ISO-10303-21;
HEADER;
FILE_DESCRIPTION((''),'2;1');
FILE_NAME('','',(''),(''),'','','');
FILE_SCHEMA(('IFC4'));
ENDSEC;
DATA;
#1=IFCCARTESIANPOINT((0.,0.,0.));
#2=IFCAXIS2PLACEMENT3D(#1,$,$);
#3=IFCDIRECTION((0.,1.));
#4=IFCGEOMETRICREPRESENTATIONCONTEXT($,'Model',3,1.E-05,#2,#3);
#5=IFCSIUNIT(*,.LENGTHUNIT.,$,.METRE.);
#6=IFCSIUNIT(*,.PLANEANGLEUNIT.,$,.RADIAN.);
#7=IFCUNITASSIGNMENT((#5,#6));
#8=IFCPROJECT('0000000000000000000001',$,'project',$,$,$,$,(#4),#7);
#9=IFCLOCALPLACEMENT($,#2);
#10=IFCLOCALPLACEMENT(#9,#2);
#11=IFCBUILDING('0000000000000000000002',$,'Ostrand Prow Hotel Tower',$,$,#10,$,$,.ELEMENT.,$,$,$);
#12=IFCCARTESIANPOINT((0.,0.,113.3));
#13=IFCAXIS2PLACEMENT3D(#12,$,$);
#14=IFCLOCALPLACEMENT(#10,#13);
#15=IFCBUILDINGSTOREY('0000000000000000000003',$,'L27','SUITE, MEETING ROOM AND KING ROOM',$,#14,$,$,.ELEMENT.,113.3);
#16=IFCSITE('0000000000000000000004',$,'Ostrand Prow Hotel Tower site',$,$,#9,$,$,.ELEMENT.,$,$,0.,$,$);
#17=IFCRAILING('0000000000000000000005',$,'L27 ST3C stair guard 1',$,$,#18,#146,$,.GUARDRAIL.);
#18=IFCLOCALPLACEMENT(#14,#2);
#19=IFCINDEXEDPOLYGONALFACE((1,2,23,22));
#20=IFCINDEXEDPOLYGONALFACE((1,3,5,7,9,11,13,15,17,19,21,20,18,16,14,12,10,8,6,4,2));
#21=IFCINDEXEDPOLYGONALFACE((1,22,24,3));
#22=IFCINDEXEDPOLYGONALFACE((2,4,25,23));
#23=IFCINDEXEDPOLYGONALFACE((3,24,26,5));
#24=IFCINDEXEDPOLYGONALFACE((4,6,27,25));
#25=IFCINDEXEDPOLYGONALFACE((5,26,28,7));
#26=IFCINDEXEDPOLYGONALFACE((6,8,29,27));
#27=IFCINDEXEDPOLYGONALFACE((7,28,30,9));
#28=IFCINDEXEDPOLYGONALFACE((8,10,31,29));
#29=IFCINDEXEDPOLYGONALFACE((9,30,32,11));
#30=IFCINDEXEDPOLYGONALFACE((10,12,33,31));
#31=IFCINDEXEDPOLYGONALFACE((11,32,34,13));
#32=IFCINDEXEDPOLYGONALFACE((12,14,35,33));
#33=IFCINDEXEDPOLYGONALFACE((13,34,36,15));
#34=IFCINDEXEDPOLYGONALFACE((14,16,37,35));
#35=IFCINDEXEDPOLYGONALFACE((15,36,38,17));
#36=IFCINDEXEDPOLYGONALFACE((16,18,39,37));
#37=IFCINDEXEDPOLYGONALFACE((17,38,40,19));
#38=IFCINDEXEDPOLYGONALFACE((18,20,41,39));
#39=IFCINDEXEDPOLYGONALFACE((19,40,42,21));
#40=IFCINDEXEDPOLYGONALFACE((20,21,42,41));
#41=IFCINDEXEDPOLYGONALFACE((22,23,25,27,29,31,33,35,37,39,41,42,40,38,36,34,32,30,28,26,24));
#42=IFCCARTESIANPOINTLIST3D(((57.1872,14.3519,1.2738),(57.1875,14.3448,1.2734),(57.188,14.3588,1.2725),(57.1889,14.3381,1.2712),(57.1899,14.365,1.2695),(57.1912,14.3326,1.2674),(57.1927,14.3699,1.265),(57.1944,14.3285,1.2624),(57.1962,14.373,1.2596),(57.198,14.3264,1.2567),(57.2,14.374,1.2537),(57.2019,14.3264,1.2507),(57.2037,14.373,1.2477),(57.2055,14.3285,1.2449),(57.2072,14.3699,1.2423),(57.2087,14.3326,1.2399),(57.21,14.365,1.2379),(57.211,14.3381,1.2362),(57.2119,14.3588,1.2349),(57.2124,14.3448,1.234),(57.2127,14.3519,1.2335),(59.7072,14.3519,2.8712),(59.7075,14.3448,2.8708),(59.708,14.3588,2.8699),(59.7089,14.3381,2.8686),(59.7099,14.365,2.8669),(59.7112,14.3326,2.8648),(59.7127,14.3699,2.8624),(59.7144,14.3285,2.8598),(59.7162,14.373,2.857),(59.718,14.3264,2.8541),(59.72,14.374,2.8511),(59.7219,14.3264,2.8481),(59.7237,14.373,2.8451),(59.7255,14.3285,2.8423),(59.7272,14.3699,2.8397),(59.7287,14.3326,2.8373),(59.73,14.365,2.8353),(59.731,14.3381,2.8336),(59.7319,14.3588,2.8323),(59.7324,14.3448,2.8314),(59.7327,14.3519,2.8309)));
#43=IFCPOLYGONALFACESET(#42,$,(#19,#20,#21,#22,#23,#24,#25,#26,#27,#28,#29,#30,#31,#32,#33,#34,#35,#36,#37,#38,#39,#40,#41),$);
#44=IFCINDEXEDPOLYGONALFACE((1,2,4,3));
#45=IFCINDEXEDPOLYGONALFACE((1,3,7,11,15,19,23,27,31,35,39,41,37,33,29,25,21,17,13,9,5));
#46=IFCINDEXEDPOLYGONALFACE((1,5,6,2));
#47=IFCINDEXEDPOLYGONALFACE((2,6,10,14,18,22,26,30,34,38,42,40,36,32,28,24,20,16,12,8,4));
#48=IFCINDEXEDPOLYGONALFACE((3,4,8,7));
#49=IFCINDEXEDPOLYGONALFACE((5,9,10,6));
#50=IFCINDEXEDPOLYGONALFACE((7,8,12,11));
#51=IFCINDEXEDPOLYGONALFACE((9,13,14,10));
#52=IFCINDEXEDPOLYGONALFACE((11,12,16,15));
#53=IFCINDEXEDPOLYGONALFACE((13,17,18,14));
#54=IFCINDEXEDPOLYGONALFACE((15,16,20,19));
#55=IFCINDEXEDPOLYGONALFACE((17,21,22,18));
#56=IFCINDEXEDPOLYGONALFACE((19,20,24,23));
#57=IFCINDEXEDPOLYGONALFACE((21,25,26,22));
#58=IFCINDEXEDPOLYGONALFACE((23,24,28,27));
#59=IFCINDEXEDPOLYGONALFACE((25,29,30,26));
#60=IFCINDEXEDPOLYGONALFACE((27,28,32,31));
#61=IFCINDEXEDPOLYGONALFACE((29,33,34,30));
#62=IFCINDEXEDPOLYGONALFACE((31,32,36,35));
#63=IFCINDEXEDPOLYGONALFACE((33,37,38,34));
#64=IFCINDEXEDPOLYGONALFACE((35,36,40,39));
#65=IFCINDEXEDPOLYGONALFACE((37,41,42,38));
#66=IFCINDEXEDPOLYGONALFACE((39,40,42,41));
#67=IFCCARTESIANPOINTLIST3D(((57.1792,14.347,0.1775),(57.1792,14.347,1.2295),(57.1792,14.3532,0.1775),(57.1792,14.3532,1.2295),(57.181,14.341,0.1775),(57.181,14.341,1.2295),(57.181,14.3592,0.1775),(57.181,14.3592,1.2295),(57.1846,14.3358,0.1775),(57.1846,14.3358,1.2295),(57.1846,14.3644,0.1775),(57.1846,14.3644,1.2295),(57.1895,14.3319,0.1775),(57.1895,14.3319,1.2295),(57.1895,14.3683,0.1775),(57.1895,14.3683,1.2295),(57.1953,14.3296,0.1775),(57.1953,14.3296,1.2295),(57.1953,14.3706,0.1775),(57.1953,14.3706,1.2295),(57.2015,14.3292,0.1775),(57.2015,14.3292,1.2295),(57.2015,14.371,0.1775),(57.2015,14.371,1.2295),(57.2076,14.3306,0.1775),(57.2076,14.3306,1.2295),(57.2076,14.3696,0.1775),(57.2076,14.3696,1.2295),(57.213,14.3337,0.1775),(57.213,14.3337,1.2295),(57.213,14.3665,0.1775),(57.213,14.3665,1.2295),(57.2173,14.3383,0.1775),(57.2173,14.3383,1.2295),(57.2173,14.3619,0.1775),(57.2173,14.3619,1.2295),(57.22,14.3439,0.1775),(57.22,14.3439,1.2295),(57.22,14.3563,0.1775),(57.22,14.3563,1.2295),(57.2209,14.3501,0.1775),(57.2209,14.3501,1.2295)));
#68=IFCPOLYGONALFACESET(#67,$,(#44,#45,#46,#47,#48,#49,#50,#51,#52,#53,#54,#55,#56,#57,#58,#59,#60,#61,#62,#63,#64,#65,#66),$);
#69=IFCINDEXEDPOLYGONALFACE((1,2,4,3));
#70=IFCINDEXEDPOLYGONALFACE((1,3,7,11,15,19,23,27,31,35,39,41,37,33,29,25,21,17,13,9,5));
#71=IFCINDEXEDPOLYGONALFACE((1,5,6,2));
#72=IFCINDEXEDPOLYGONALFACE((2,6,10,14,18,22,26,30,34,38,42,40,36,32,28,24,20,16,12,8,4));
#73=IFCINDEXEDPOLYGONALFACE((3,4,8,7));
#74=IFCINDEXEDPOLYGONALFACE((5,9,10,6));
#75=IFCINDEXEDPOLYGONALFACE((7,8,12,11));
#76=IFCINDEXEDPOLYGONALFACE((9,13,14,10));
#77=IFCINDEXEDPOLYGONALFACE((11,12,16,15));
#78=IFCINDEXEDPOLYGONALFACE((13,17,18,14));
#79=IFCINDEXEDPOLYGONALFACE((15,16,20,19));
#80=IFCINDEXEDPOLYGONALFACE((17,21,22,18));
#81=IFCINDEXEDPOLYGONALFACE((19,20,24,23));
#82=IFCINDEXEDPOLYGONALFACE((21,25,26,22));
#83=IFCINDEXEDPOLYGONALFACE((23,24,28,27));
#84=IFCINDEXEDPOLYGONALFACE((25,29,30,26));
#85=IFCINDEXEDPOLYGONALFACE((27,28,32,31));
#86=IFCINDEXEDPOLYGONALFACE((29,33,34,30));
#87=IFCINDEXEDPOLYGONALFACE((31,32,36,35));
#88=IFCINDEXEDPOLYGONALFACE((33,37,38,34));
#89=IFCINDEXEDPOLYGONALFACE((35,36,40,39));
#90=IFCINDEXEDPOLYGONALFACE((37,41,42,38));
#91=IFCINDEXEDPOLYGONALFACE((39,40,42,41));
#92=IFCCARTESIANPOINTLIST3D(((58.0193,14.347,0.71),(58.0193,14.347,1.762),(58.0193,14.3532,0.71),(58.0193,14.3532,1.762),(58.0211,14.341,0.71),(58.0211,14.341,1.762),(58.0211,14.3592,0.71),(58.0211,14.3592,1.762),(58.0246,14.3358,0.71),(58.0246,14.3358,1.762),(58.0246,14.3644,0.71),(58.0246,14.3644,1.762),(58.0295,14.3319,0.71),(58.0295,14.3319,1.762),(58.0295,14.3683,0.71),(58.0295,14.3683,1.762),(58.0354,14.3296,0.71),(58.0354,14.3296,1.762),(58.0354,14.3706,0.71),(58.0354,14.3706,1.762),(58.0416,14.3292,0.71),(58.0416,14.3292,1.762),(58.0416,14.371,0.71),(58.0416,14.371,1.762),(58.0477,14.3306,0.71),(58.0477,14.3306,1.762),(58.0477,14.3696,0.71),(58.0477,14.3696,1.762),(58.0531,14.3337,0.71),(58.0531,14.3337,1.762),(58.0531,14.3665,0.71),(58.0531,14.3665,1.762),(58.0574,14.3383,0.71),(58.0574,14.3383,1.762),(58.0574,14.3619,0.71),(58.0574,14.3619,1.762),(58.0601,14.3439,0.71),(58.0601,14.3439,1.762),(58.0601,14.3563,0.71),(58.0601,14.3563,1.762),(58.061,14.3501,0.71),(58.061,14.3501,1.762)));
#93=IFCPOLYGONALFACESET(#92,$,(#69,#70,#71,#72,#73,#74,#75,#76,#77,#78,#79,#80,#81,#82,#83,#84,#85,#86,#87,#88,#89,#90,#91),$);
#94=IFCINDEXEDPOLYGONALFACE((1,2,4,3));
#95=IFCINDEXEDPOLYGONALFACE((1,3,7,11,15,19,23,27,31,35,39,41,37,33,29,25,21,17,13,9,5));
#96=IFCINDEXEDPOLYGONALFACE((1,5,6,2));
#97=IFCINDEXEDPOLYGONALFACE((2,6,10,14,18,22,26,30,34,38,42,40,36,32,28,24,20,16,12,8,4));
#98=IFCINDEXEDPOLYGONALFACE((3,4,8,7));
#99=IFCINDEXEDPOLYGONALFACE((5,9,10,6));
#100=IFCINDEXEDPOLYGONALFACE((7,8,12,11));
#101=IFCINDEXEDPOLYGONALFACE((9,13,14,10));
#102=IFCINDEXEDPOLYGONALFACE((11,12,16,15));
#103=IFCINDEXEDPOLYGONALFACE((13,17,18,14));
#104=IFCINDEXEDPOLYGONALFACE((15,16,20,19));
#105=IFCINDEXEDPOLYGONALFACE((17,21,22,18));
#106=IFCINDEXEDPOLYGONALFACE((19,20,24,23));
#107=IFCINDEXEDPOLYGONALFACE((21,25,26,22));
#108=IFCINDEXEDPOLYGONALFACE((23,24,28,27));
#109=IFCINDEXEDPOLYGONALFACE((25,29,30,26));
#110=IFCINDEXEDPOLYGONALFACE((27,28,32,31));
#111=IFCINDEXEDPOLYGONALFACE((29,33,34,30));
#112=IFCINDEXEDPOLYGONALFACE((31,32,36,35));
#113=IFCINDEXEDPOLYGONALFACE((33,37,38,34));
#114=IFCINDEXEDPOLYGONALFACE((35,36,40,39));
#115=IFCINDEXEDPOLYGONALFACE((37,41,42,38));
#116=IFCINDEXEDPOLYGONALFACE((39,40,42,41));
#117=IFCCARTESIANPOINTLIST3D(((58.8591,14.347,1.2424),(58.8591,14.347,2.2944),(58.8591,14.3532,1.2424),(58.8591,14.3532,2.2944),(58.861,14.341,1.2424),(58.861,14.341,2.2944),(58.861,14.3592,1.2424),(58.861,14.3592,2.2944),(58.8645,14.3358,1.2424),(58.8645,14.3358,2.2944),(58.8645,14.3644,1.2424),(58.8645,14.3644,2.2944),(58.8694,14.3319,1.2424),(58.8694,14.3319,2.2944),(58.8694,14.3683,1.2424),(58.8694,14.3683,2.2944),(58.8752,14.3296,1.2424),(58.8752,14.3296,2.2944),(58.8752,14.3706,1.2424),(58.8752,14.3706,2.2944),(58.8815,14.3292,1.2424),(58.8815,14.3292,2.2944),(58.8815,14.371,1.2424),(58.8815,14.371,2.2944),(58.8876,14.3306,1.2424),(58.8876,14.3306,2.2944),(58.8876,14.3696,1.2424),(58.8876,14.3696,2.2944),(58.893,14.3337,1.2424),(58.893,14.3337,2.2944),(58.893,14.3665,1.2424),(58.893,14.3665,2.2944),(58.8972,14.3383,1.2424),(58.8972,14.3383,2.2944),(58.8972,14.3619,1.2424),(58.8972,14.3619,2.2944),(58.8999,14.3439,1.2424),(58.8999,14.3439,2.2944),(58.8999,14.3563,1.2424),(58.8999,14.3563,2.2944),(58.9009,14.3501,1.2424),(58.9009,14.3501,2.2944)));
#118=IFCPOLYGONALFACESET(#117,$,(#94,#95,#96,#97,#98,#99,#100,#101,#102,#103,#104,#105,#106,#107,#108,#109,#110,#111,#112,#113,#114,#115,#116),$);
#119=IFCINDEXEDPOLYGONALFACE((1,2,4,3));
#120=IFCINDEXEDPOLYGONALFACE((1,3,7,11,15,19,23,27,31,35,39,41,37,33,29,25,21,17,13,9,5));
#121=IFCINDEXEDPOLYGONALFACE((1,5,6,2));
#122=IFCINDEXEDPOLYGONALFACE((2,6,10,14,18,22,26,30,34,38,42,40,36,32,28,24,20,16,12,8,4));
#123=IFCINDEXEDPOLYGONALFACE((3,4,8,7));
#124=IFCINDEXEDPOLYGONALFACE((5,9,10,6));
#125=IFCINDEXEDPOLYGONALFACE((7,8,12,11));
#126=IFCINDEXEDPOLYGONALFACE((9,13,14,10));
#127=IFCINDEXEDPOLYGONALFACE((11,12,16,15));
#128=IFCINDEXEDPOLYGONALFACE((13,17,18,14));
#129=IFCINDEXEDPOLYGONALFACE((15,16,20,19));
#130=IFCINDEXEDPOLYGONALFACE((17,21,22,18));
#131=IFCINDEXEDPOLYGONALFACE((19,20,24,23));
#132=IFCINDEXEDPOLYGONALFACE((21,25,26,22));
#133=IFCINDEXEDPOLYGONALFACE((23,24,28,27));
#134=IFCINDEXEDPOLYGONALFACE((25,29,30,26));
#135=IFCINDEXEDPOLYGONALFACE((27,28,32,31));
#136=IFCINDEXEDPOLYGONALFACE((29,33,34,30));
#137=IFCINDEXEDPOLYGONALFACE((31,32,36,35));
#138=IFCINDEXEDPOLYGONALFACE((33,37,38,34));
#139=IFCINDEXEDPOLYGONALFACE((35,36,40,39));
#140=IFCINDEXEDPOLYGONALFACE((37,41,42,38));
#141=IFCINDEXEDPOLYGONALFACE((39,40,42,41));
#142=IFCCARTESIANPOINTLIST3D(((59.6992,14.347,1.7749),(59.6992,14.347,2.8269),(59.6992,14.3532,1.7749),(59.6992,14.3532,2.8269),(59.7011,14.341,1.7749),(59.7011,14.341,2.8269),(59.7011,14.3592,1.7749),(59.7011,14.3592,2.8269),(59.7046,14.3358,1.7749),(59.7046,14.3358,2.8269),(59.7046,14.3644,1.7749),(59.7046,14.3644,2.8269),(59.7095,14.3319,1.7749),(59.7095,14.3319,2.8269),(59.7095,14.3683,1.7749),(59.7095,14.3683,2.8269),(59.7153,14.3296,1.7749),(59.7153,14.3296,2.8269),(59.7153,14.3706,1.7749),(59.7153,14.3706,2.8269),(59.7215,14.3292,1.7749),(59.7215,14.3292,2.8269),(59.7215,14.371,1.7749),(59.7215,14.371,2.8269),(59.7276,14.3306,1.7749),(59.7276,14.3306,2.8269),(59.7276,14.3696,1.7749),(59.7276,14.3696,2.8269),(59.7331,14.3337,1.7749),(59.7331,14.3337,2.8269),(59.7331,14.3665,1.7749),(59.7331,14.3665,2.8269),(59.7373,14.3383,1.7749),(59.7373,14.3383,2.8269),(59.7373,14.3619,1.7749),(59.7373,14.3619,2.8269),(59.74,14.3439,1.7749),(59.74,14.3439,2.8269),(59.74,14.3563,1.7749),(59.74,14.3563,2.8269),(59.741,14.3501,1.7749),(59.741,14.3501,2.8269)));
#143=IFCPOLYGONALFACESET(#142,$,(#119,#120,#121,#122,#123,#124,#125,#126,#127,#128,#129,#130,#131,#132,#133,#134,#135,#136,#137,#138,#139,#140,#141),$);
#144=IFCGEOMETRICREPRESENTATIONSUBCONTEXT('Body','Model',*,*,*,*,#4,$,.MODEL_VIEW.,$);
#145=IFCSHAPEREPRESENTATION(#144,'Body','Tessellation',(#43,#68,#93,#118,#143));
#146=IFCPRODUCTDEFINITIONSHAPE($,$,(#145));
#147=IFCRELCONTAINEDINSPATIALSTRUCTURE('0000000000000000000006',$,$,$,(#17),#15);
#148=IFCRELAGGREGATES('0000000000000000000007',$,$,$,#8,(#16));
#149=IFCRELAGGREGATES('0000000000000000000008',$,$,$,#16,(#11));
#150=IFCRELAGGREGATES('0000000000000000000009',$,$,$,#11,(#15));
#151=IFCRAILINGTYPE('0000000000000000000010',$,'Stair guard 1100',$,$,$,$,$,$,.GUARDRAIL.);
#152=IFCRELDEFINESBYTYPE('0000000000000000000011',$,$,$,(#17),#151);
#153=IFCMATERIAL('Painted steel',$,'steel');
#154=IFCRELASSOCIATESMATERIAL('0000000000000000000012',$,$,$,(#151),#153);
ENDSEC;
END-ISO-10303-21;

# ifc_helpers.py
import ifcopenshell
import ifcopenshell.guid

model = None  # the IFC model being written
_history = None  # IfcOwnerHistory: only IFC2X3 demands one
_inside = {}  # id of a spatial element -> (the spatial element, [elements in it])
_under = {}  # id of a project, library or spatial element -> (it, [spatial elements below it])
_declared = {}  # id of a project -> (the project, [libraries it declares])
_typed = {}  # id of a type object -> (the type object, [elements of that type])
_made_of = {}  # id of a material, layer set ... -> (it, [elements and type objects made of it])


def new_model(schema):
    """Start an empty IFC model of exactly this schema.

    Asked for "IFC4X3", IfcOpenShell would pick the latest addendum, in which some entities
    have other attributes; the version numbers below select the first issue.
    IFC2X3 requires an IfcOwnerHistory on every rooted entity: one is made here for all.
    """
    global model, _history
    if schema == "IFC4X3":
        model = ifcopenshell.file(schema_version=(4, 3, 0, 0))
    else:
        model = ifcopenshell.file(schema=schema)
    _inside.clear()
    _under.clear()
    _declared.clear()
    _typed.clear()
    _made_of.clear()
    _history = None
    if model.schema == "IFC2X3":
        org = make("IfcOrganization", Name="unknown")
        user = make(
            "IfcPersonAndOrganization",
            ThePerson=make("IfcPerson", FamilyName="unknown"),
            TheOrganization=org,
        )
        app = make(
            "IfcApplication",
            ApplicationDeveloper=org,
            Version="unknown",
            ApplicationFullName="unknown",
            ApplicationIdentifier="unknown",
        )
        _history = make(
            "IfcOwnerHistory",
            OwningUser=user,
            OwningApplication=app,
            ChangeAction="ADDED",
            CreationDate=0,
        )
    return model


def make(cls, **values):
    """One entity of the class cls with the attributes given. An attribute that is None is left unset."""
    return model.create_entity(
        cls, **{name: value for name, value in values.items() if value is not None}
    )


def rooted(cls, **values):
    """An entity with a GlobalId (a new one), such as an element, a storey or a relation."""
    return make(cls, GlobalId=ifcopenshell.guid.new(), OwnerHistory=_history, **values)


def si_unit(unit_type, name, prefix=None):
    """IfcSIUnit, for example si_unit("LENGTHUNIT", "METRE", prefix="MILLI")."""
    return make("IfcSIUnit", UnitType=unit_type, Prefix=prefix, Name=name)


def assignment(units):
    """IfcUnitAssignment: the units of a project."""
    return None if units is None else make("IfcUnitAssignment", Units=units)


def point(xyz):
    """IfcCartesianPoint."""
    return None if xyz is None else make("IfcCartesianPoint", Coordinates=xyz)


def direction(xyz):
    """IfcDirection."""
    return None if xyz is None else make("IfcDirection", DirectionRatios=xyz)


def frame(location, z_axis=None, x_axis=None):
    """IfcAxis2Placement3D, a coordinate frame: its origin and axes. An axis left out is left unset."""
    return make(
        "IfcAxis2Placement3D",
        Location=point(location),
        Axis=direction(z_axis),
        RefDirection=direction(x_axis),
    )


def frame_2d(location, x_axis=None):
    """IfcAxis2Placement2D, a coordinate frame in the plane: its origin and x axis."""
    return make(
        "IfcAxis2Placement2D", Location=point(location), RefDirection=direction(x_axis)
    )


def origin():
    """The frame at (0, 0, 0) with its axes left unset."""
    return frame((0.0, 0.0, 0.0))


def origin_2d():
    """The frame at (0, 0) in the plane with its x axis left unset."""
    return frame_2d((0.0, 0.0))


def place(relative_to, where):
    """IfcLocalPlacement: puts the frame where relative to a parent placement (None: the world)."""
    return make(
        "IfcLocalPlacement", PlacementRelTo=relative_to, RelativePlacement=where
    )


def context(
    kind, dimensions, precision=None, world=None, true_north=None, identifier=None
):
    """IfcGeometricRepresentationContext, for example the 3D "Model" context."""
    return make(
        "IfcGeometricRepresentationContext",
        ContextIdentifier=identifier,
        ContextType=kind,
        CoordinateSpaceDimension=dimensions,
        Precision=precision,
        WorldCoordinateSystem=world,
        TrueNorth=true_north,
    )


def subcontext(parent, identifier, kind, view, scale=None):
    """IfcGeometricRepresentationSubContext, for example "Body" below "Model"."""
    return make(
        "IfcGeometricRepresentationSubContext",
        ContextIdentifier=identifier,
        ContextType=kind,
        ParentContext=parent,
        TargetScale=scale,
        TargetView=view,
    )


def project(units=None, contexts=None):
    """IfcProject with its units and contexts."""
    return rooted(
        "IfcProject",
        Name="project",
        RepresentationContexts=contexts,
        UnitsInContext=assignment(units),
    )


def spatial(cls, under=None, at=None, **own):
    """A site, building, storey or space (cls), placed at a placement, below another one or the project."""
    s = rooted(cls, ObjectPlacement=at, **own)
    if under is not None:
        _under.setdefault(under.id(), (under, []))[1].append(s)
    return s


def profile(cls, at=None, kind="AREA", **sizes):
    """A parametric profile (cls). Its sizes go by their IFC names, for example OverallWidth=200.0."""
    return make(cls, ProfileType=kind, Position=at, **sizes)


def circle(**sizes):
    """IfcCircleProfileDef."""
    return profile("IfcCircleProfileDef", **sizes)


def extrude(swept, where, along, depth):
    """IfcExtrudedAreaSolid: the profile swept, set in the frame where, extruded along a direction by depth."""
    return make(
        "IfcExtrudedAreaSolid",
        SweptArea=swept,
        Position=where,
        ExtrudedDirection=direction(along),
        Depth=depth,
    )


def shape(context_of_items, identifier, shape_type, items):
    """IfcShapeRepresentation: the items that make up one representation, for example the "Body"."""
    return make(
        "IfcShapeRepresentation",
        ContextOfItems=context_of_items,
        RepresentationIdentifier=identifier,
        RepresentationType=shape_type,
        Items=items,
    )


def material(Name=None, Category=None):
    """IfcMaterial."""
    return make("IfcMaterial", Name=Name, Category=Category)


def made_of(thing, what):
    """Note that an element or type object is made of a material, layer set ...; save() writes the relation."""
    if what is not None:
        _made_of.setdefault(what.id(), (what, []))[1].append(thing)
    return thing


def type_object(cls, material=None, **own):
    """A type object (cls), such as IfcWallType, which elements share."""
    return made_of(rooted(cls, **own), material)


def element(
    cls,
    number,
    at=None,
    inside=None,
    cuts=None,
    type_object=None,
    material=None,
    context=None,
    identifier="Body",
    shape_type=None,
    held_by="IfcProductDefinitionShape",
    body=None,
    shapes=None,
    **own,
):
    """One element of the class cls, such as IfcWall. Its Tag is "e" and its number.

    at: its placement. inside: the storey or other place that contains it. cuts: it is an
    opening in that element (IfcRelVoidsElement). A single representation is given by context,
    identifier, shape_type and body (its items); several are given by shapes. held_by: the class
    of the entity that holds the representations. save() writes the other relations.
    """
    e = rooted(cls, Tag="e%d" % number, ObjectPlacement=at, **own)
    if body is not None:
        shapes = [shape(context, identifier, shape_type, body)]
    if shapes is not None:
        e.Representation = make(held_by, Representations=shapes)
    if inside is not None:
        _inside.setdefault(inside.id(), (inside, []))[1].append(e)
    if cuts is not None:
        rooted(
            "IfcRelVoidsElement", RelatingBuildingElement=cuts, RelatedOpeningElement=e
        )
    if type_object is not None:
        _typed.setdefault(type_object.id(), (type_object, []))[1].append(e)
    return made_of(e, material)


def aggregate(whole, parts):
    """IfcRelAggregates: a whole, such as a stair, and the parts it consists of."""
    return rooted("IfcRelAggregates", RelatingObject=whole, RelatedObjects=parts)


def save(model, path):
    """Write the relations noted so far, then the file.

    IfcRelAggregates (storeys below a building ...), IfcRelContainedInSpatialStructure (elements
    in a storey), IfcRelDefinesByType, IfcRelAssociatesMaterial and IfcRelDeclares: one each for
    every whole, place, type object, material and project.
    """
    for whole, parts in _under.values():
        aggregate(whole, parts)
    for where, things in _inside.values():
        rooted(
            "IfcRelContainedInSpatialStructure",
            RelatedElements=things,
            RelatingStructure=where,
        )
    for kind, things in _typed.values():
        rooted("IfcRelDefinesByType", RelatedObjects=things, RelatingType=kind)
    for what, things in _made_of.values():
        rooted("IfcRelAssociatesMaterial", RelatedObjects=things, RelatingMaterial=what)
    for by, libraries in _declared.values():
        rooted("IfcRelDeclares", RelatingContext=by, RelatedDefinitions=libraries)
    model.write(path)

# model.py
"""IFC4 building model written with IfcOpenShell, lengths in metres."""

from ifc_helpers import new_model, si_unit, direction, frame, origin, origin_2d, place, context, subcontext, project, spatial, circle, extrude, material, type_object, element, save


model = new_model("IFC4")

# Units and contexts
model_context = context("Model", 3, precision=1e-05, world=origin(), true_north=direction((0.0, 1.0)))
body_context = subcontext(model_context, "Body", "Model", "MODEL_VIEW")
ifc_project = project(units=[si_unit("LENGTHUNIT", "METRE"), si_unit("PLANEANGLEUNIT", "RADIAN")], contexts=[model_context])

# Site, building, storey
site_placement = place(None, origin())
site = spatial("IfcSite", under=ifc_project, at=site_placement, Name="Ostrand Prow Hotel Tower site", CompositionType="ELEMENT", RefElevation=0.0)
building_placement = place(site_placement, origin())
building = spatial("IfcBuilding", under=site, at=building_placement, Name="Ostrand Prow Hotel Tower", CompositionType="ELEMENT")
storey_placement = place(building_placement, frame((0.0, 0.0, 113.3)))
storey = spatial("IfcBuildingStorey", under=building, at=storey_placement, Name="L27", Description="SUITE, MEETING ROOM AND KING ROOM", CompositionType="ELEMENT", Elevation=113.3)

# Railing
ifc_material_1 = material(Name="Painted steel", Category="steel")
railing_type_1 = type_object("IfcRailingType", Name="Stair guard 1100", PredefinedType="GUARDRAIL", material=ifc_material_1)
railing_1_placement = place(storey_placement, frame((57.2, 14.3501, 0.1775)))
element("IfcRailing", 1, at=railing_1_placement, inside=storey, type_object=railing_type_1, Name="L27 ST3C stair guard 1", PredefinedType="GUARDRAIL", context=body_context, shape_type="SweptSolid", body=[
    extrude(circle(Radius=0.0239, at=origin_2d()), frame((0.0, 0.0, 1.0762), z_axis=(0.844607, 0.0, 0.535387), x_axis=(0.0, 1.0, 0.0)), (0.0, 0.0, 1.0), 2.9836),
    extrude(circle(Radius=0.021, at=origin_2d()), origin(), (0.0, 0.0, 1.0), 1.052),
    extrude(circle(Radius=0.021, at=origin_2d()), frame((0.8401, 0.0, 0.5325)), (0.0, 0.0, 1.0), 1.052),
    extrude(circle(Radius=0.021, at=origin_2d()), frame((1.6799, 0.0, 1.0649)), (0.0, 0.0, 1.0), 1.052),
    extrude(circle(Radius=0.021, at=origin_2d()), frame((2.52, 0.0, 1.5974)), (0.0, 0.0, 1.0), 1.052),
])

save(model, "model.ifc")
